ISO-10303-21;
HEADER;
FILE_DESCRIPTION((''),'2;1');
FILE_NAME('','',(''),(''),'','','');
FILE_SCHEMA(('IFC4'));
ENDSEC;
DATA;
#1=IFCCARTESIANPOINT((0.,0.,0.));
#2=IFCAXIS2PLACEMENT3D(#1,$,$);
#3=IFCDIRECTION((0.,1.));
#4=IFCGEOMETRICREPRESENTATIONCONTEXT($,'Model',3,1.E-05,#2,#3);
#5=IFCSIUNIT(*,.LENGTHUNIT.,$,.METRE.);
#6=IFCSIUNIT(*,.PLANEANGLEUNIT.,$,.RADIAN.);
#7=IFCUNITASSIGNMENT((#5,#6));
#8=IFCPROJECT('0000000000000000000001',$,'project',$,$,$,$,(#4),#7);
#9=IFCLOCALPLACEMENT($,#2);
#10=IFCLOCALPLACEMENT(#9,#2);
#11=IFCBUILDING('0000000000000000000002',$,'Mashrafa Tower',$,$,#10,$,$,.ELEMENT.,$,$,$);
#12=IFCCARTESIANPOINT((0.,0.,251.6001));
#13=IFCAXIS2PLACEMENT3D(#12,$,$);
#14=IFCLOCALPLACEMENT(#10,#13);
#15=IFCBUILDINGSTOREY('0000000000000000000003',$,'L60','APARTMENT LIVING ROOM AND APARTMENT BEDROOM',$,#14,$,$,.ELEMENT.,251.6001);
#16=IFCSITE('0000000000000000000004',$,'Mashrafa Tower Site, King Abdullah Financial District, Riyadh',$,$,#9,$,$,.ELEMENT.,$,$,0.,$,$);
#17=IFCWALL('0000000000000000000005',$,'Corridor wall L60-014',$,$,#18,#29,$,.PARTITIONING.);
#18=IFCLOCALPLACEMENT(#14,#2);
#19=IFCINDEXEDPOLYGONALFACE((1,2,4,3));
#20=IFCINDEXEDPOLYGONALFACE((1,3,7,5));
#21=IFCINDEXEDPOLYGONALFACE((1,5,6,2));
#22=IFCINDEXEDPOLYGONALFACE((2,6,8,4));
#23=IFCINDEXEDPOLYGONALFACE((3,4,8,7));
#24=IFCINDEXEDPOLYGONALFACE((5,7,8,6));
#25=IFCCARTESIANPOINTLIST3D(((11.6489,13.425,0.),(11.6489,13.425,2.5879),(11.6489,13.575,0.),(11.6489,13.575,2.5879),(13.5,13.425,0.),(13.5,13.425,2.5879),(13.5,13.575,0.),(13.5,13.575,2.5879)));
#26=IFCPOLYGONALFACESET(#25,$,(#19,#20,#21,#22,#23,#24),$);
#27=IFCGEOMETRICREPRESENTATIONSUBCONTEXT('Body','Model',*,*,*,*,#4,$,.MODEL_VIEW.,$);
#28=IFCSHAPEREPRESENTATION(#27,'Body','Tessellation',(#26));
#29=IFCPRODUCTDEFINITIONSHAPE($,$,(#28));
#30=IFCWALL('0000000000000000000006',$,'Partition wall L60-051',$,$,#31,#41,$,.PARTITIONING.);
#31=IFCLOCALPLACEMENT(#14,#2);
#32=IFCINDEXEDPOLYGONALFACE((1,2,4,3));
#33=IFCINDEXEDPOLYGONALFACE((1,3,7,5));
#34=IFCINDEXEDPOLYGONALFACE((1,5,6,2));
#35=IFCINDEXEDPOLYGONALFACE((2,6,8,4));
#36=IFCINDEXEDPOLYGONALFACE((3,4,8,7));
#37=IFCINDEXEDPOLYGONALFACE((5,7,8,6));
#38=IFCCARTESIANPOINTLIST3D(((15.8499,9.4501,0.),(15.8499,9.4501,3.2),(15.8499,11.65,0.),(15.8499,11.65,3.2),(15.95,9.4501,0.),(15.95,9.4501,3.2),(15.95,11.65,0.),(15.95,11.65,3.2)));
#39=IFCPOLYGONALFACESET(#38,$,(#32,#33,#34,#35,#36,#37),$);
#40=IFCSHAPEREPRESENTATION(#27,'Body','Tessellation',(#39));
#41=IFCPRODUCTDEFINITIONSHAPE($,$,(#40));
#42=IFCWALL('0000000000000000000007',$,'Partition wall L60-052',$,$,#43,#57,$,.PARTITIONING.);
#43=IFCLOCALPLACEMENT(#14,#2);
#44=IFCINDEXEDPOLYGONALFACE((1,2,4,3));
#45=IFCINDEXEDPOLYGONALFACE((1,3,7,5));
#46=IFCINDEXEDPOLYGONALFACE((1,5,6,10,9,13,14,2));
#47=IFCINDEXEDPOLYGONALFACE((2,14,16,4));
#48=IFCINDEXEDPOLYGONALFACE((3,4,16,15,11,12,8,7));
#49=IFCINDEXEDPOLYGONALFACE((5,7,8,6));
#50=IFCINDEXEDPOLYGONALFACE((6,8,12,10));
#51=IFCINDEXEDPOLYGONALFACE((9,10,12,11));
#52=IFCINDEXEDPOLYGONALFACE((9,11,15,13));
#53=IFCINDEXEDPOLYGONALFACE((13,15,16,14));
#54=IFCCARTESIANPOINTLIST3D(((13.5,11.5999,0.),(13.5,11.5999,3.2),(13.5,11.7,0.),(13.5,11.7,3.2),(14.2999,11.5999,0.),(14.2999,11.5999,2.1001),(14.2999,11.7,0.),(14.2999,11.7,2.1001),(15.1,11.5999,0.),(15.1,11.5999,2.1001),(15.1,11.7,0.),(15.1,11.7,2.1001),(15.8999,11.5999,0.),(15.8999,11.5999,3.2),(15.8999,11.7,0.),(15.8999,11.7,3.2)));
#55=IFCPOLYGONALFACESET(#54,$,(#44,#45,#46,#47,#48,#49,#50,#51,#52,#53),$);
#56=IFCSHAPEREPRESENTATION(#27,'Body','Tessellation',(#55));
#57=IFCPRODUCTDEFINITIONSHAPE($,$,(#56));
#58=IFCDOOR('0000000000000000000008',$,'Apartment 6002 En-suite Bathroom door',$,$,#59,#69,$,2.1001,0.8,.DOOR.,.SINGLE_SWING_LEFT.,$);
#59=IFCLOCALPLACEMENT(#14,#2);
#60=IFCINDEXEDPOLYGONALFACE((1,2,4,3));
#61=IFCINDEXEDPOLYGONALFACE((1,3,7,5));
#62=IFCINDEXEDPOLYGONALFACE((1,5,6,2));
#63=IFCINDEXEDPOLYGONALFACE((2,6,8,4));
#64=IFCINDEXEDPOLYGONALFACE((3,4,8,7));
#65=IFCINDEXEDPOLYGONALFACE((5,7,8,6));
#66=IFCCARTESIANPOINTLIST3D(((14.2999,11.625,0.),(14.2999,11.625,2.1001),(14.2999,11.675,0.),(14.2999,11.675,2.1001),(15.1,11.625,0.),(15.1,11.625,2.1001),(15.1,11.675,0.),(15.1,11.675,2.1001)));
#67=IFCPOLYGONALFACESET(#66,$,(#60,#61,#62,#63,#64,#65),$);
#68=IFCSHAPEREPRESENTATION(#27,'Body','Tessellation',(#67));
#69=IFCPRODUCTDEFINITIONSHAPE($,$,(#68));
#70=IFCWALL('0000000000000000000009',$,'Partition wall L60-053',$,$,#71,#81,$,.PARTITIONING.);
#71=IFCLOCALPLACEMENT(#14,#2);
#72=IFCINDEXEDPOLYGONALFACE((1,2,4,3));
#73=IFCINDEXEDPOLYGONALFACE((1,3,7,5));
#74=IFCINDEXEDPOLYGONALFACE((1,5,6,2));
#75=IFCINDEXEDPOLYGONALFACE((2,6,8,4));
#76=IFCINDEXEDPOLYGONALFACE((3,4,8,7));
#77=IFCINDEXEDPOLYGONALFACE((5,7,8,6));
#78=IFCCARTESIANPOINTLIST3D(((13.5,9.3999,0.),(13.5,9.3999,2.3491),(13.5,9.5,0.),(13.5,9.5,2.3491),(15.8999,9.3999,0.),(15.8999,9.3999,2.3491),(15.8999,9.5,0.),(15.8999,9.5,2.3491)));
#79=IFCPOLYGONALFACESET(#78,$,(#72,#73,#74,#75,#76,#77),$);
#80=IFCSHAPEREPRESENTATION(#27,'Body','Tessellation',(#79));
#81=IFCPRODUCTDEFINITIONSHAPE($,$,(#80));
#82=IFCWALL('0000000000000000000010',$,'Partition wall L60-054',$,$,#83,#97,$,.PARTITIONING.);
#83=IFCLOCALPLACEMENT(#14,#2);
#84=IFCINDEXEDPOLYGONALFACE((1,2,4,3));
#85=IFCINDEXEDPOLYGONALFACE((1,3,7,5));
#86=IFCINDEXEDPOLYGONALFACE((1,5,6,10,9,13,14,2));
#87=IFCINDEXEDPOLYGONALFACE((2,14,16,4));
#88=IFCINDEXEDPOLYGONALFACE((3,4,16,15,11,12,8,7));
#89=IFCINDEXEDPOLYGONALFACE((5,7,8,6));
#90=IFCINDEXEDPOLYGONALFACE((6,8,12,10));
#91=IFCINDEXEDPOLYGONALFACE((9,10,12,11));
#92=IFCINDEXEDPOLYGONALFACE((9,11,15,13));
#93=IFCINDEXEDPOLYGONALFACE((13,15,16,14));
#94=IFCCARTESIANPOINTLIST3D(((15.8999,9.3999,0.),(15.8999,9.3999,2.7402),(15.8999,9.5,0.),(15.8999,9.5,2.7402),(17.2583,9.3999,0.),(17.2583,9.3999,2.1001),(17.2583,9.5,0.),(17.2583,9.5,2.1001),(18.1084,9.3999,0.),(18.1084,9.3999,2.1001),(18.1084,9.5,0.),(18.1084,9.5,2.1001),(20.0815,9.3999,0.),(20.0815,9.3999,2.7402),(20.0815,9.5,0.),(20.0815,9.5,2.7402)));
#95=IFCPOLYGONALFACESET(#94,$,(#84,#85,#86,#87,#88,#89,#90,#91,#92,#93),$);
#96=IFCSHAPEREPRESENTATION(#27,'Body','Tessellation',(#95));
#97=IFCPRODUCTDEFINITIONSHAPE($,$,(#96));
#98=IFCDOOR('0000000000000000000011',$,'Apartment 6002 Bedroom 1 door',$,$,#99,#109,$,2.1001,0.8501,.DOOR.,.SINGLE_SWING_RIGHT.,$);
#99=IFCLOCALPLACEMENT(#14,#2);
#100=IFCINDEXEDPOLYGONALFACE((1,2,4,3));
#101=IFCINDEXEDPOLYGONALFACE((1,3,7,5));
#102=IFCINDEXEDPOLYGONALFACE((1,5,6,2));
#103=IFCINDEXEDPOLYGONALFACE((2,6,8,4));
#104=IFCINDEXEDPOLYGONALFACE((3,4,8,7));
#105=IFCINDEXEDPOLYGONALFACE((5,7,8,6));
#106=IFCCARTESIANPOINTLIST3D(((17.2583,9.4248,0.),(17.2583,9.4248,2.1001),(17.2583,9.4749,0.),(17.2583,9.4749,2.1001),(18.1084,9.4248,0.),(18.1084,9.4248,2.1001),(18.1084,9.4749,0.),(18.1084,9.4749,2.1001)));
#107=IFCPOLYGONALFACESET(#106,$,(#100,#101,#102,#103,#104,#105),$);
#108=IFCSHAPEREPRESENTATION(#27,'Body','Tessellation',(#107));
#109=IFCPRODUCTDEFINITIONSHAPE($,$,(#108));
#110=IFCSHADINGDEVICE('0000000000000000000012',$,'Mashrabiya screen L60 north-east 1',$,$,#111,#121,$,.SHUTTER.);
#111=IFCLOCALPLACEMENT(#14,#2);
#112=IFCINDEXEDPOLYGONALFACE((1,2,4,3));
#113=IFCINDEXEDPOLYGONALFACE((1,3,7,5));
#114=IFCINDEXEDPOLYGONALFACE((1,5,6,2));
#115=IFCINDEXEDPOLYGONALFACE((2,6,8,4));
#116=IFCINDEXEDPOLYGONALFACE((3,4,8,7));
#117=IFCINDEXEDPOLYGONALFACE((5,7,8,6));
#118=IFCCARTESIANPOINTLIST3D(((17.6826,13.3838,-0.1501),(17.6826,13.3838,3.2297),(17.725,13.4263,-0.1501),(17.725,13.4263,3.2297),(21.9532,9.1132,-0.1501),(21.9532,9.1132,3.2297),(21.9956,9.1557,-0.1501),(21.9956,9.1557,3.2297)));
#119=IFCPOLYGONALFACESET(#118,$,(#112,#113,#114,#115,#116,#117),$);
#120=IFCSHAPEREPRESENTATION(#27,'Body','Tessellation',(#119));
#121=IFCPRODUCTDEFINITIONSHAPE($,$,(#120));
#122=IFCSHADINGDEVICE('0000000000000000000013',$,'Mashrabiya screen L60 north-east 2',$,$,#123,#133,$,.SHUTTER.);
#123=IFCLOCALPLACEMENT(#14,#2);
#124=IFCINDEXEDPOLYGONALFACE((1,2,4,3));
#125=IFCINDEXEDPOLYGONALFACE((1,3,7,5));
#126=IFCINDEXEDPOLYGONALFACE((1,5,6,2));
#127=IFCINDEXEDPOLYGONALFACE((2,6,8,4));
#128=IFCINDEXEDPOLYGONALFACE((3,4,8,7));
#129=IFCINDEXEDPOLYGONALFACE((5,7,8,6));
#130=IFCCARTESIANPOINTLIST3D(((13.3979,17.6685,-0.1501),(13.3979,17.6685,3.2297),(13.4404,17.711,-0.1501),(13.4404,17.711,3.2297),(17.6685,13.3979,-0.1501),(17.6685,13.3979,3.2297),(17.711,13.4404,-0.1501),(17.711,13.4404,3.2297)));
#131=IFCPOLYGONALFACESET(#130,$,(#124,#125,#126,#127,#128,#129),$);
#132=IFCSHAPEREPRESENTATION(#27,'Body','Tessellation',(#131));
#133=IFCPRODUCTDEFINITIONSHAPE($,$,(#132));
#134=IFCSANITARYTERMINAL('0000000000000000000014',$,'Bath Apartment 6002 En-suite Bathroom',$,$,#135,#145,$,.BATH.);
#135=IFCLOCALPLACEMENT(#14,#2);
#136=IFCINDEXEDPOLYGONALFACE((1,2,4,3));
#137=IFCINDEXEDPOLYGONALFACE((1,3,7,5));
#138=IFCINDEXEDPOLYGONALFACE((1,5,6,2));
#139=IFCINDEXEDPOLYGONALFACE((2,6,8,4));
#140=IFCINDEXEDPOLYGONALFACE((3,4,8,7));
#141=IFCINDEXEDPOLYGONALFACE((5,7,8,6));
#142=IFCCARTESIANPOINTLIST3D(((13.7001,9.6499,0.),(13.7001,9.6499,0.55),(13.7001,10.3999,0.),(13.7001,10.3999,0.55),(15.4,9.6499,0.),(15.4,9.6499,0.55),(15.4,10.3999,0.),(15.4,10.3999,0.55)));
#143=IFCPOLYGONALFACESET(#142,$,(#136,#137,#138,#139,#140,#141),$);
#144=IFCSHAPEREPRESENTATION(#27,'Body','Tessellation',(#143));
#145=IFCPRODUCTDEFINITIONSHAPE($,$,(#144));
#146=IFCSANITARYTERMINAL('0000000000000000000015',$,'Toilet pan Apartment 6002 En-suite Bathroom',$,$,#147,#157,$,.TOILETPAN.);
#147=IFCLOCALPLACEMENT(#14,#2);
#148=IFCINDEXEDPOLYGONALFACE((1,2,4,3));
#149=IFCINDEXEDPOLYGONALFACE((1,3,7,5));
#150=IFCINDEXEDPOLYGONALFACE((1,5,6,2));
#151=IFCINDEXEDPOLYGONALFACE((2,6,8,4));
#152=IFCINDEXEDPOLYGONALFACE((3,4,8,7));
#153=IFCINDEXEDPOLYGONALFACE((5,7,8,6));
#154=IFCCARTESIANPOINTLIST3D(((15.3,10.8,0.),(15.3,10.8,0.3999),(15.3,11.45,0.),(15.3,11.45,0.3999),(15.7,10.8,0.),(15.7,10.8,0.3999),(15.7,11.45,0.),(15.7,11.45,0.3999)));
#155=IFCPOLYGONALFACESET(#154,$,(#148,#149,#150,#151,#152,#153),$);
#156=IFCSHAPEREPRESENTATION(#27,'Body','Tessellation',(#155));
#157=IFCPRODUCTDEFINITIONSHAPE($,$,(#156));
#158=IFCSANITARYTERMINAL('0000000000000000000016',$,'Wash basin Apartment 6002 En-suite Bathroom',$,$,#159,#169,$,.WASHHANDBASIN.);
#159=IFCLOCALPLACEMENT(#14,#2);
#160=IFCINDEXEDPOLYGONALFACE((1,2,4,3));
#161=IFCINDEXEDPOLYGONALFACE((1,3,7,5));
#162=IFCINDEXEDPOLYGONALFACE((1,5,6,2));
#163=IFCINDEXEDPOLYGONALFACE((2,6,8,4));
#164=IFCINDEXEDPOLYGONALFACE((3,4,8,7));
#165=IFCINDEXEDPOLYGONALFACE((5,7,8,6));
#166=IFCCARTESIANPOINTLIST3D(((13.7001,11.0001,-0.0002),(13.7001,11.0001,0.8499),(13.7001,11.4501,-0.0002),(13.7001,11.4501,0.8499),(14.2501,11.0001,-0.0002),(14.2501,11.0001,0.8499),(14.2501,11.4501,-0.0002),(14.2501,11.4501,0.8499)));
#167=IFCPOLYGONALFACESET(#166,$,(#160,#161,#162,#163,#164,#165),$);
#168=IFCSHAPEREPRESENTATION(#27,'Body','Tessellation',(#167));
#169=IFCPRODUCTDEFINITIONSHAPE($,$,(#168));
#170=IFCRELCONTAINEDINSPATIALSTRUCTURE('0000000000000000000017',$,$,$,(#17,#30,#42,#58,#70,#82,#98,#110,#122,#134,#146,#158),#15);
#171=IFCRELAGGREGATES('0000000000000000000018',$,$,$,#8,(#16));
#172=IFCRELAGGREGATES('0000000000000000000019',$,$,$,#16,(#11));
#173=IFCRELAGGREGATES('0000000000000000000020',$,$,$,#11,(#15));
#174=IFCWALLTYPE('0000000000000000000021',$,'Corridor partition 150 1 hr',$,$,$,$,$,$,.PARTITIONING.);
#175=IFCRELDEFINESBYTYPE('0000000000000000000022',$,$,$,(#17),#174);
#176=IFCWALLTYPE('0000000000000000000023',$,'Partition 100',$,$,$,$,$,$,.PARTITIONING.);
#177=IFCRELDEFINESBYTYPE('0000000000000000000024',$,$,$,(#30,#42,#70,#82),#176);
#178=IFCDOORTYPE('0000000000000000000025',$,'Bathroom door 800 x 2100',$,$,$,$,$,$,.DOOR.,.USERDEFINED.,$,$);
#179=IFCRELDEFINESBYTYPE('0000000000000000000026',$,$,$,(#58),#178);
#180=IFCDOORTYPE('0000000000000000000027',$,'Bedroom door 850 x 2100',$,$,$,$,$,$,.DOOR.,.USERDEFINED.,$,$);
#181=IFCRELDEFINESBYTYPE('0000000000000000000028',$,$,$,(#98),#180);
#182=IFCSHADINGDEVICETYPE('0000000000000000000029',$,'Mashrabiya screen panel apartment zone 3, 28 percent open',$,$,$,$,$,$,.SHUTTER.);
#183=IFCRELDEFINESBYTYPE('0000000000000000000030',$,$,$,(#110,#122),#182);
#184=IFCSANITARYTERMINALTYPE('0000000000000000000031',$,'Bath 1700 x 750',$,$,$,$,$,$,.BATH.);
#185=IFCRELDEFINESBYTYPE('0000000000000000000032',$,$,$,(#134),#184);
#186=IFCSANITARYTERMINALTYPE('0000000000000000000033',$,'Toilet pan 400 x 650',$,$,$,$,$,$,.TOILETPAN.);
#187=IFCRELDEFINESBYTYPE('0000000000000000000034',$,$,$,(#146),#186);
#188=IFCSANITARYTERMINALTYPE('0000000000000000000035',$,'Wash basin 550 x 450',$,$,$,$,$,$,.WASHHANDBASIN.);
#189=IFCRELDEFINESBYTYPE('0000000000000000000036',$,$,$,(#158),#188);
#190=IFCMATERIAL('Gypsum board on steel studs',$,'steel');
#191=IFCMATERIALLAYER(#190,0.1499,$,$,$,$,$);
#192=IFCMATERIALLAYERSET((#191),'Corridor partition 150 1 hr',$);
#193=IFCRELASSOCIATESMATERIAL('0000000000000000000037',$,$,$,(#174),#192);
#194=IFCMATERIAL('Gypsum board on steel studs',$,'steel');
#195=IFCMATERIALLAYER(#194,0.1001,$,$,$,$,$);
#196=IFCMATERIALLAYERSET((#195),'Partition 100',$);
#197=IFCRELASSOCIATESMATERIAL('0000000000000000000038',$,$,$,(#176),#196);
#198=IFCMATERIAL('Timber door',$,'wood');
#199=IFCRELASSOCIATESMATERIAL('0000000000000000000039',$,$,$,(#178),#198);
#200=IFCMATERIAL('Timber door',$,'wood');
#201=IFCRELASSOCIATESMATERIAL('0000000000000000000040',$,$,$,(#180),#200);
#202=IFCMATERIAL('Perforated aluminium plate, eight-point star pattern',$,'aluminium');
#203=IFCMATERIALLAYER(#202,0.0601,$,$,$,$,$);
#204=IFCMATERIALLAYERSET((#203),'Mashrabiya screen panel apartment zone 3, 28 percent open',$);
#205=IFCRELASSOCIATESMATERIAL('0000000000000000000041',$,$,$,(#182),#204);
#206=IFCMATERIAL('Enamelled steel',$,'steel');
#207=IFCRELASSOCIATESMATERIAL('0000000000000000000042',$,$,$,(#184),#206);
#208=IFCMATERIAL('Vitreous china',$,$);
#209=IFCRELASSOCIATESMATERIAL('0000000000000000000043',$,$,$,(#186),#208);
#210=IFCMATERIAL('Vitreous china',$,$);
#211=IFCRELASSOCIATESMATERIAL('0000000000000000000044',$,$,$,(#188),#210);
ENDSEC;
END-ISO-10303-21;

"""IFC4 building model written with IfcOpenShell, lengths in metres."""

from ifc_helpers import new_model, si_unit, direction, frame, frame_2d, origin, origin_2d, place, context, subcontext, project, spatial, rectangle, extrude, source, transform, mapped, material, layer, layer_set, type_object, type_shapes, element, fill, save


model = new_model("IFC4")

# Units and contexts
model_context = context("Model", 3, precision=1e-05, world=origin(), true_north=direction((0.0, 1.0)))
body_context = subcontext(model_context, "Body", "Model", "MODEL_VIEW")
ifc_project = project(units=[si_unit("LENGTHUNIT", "METRE"), si_unit("PLANEANGLEUNIT", "RADIAN")], contexts=[model_context])

# Site, building, storey
site_placement = place(None, origin())
site = spatial("IfcSite", under=ifc_project, at=site_placement, Name="Mashrafa Tower Site, King Abdullah Financial District, Riyadh", CompositionType="ELEMENT", RefElevation=0.0)
building_placement = place(site_placement, origin())
building = spatial("IfcBuilding", under=site, at=building_placement, Name="Mashrafa Tower", CompositionType="ELEMENT")
storey_placement = place(building_placement, frame((0.0, 0.0, 251.6001)))
storey = spatial("IfcBuildingStorey", under=building, at=storey_placement, Name="L60", Description="APARTMENT LIVING ROOM AND APARTMENT BEDROOM", CompositionType="ELEMENT", Elevation=251.6001)

# Walls
ifc_material_1 = material(Name="Gypsum board on steel studs", Category="steel")
ifc_layer_1 = layer(ifc_material_1, 0.1499)
ifc_layer_set_1 = layer_set([ifc_layer_1], Name="Corridor partition 150 1 hr")
wall_type_1 = type_object("IfcWallType", Name="Corridor partition 150 1 hr", PredefinedType="PARTITIONING", material=ifc_layer_set_1)
for number, where, z_axis, x_axis, name in (
    (1, (13.5, 13.5, 0.0), (0.0, 0.0, 1.0), (-1.0, 0.0, 0.0), "Corridor wall L60-014"),
):
    element("IfcWall", number, at=place(storey_placement, frame(where, z_axis=z_axis, x_axis=x_axis)), inside=storey, type_object=wall_type_1, Name=name, PredefinedType="PARTITIONING", context=body_context, shape_type="SweptSolid", body=[
        extrude(rectangle(XDim=1.8511, YDim=0.1499, at=frame_2d((0.9255, 0.0))), origin(), (0.0, 0.0, 1.0), 2.5879),
    ])
ifc_material_2 = material(Name="Gypsum board on steel studs", Category="steel")
ifc_layer_2 = layer(ifc_material_2, 0.1001)
ifc_layer_set_2 = layer_set([ifc_layer_2], Name="Partition 100")
wall_type_2 = type_object("IfcWallType", Name="Partition 100", PredefinedType="PARTITIONING", material=ifc_layer_set_2)
wall_1_placement = place(storey_placement, frame((15.8999, 9.45, 0.0), z_axis=(0.0, 0.0, 1.0), x_axis=(0.0, 1.0, 0.0)))
element("IfcWall", 2, at=wall_1_placement, inside=storey, type_object=wall_type_2, Name="Partition wall L60-051", PredefinedType="PARTITIONING", context=body_context, shape_type="SweptSolid", body=[
    extrude(rectangle(XDim=2.2, YDim=0.1001, at=frame_2d((1.1001, 0.0))), origin(), (0.0, 0.0, 1.0), 3.2),
])

# Wall, opening, door
wall_2_placement = place(storey_placement, frame((15.8999, 11.6499, 0.0), z_axis=(0.0, 0.0, 1.0), x_axis=(-1.0, 0.0, 0.0)))
wall_2 = element("IfcWall", 3, at=wall_2_placement, inside=storey, type_object=wall_type_2, Name="Partition wall L60-052", PredefinedType="PARTITIONING", context=body_context, shape_type="SweptSolid", body=[
    extrude(rectangle(XDim=2.3999, YDim=0.1001, at=frame_2d((1.2, 0.0))), origin(), (0.0, 0.0, 1.0), 3.2),
])
opening_1_placement = place(wall_2_placement, frame((0.8, 0.0, 0.0)))
opening_1 = element("IfcOpeningElement", 4, at=opening_1_placement, cuts=wall_2, PredefinedType="OPENING", context=body_context, shape_type="SweptSolid", body=[
    extrude(rectangle(XDim=0.8, YDim=2.1001, at=frame_2d((0.3999, 1.05))), frame((0.0, 0.0601, 0.0), z_axis=(0.0, -1.0, 0.0), x_axis=(1.0, 0.0, 0.0)), (0.0, 0.0, 1.0), 0.1201),
])
ifc_material_3 = material(Name="Timber door", Category="wood")
door_type_1 = type_object("IfcDoorType", Name="Bathroom door 800 x 2100", OperationType="USERDEFINED", PredefinedType="DOOR", material=ifc_material_3)
door_1_placement = place(opening_1_placement, origin())
door_1 = element("IfcDoor", 5, at=door_1_placement, inside=storey, type_object=door_type_1, Name="Apartment 6002 En-suite Bathroom door", OperationType="SINGLE_SWING_LEFT", OverallHeight=2.1001, OverallWidth=0.8, PredefinedType="DOOR", context=body_context, shape_type="SweptSolid", body=[
    extrude(rectangle(XDim=0.8, YDim=2.1001, at=frame_2d((0.3999, 1.05))), frame((0.0, 0.0249, 0.0), z_axis=(0.0, -1.0, 0.0), x_axis=(1.0, 0.0, 0.0)), (0.0, 0.0, 1.0), 0.05),
])
fill(opening_1, door_1)

# Wall
wall_3_placement = place(storey_placement, frame((13.5, 9.45, 0.0), z_axis=(0.0, 0.0, 1.0), x_axis=(1.0, 0.0, 0.0)))
element("IfcWall", 6, at=wall_3_placement, inside=storey, type_object=wall_type_2, Name="Partition wall L60-053", PredefinedType="PARTITIONING", context=body_context, shape_type="SweptSolid", body=[
    extrude(rectangle(XDim=2.3999, YDim=0.1001, at=frame_2d((1.2, 0.0))), origin(), (0.0, 0.0, 1.0), 2.3491),
])

# Wall, opening, door
wall_4_placement = place(storey_placement, frame((15.8999, 9.45, 0.0), z_axis=(0.0, 0.0, 1.0), x_axis=(1.0, 0.0, 0.0)))
wall_4 = element("IfcWall", 7, at=wall_4_placement, inside=storey, type_object=wall_type_2, Name="Partition wall L60-054", PredefinedType="PARTITIONING", context=body_context, shape_type="SweptSolid", body=[
    extrude(rectangle(XDim=4.1816, YDim=0.1001, at=frame_2d((2.0908, 0.0))), origin(), (0.0, 0.0, 1.0), 2.7402),
])
opening_2_placement = place(wall_4_placement, frame((1.3584, 0.0, 0.0)))
opening_2 = element("IfcOpeningElement", 8, at=opening_2_placement, cuts=wall_4, PredefinedType="OPENING", context=body_context, shape_type="SweptSolid", body=[
    extrude(rectangle(XDim=0.8501, YDim=2.1001, at=frame_2d((0.425, 1.05))), frame((0.0, 0.0601, 0.0), z_axis=(0.0, -1.0, 0.0), x_axis=(1.0, 0.0, 0.0)), (0.0, 0.0, 1.0), 0.1201),
])
ifc_material_4 = material(Name="Timber door", Category="wood")
door_type_2 = type_object("IfcDoorType", Name="Bedroom door 850 x 2100", OperationType="USERDEFINED", PredefinedType="DOOR", material=ifc_material_4)
door_2_placement = place(opening_2_placement, origin())
door_2 = element("IfcDoor", 9, at=door_2_placement, inside=storey, type_object=door_type_2, Name="Apartment 6002 Bedroom 1 door", OperationType="SINGLE_SWING_RIGHT", OverallHeight=2.1001, OverallWidth=0.8501, PredefinedType="DOOR", context=body_context, shape_type="SweptSolid", body=[
    extrude(rectangle(XDim=0.8501, YDim=2.1001, at=frame_2d((0.425, 1.05))), frame((0.0, 0.0249, 0.0), z_axis=(0.0, -1.0, 0.0), x_axis=(1.0, 0.0, 0.0)), (0.0, 0.0, 1.0), 0.05),
])
fill(opening_2, door_2)

# Shading devices
ifc_material_5 = material(Name="Perforated aluminium plate, eight-point star pattern", Category="aluminium")
ifc_layer_3 = layer(ifc_material_5, 0.0601)
ifc_layer_set_3 = layer_set([ifc_layer_3], Name="Mashrabiya screen panel apartment zone 3, 28 percent open")
shading_device_type = type_object("IfcShadingDeviceType", Name="Mashrabiya screen panel apartment zone 3, 28 percent open", PredefinedType="SHUTTER", material=ifc_layer_set_3)
shared_shape_1 = source(origin(), body_context, "Body", "SweptSolid", [
    extrude(rectangle(XDim=6.0396, YDim=0.0601, at=origin_2d()), origin(), (0.0, 0.0, 1.0), 3.3799),
])
type_shapes(shading_device_type, [shared_shape_1])
for number, where, z_axis, x_axis, name in (
    (10, (19.8391, 11.2698, -0.1501), (0.0, 0.0, 1.0), (-0.707107, 0.707107, 0.0), "Mashrabiya screen L60 north-east 1"),
    (11, (15.5544, 15.5544, -0.1501), (0.0, 0.0, 1.0), (-0.707107, 0.707107, 0.0), "Mashrabiya screen L60 north-east 2"),
):
    element("IfcShadingDevice", number, at=place(storey_placement, frame(where, z_axis=z_axis, x_axis=x_axis)), inside=storey, type_object=shading_device_type, Name=name, PredefinedType="SHUTTER", context=body_context, shape_type="MappedRepresentation", body=[
        mapped(shared_shape_1, transform((0.0, 0.0, 0.0))),
    ])

# Sanitary terminals
ifc_material_6 = material(Name="Enamelled steel", Category="steel")
sanitary_terminal_type_1 = type_object("IfcSanitaryTerminalType", Name="Bath 1700 x 750", PredefinedType="BATH", material=ifc_material_6)
sanitary_terminal_1_placement = place(storey_placement, frame((14.55, 10.0249, 0.0), z_axis=(0.0, 0.0, 1.0), x_axis=(1.0, 0.0, 0.0)))
element("IfcSanitaryTerminal", 12, at=sanitary_terminal_1_placement, inside=storey, type_object=sanitary_terminal_type_1, Name="Bath Apartment 6002 En-suite Bathroom", PredefinedType="BATH", context=body_context, shape_type="SweptSolid", body=[
    extrude(rectangle(XDim=1.7, YDim=0.75, at=origin_2d()), origin(), (0.0, 0.0, 1.0), 0.55),
])
ifc_material_7 = material(Name="Vitreous china")
sanitary_terminal_type_2 = type_object("IfcSanitaryTerminalType", Name="Toilet pan 400 x 650", PredefinedType="TOILETPAN", material=ifc_material_7)
sanitary_terminal_2_placement = place(storey_placement, frame((15.5, 11.125, 0.0), z_axis=(0.0, 0.0, 1.0), x_axis=(-1.0, 0.0, 0.0)))
element("IfcSanitaryTerminal", 13, at=sanitary_terminal_2_placement, inside=storey, type_object=sanitary_terminal_type_2, Name="Toilet pan Apartment 6002 En-suite Bathroom", PredefinedType="TOILETPAN", context=body_context, shape_type="SweptSolid", body=[
    extrude(rectangle(XDim=0.3999, YDim=0.6499, at=origin_2d()), origin(), (0.0, 0.0, 1.0), 0.3999),
])
ifc_material_8 = material(Name="Vitreous china")
sanitary_terminal_type_3 = type_object("IfcSanitaryTerminalType", Name="Wash basin 550 x 450", PredefinedType="WASHHANDBASIN", material=ifc_material_8)
sanitary_terminal_3_placement = place(storey_placement, frame((13.9751, 11.2251, -0.0002), z_axis=(0.0, 0.0, 1.0), x_axis=(-1.0, 0.0, 0.0)))
element("IfcSanitaryTerminal", 14, at=sanitary_terminal_3_placement, inside=storey, type_object=sanitary_terminal_type_3, Name="Wash basin Apartment 6002 En-suite Bathroom", PredefinedType="WASHHANDBASIN", context=body_context, shape_type="SweptSolid", body=[
    extrude(rectangle(XDim=0.55, YDim=0.45, at=origin_2d()), origin(), (0.0, 0.0, 1.0), 0.8501),
])

save(model, "model.ifc")
